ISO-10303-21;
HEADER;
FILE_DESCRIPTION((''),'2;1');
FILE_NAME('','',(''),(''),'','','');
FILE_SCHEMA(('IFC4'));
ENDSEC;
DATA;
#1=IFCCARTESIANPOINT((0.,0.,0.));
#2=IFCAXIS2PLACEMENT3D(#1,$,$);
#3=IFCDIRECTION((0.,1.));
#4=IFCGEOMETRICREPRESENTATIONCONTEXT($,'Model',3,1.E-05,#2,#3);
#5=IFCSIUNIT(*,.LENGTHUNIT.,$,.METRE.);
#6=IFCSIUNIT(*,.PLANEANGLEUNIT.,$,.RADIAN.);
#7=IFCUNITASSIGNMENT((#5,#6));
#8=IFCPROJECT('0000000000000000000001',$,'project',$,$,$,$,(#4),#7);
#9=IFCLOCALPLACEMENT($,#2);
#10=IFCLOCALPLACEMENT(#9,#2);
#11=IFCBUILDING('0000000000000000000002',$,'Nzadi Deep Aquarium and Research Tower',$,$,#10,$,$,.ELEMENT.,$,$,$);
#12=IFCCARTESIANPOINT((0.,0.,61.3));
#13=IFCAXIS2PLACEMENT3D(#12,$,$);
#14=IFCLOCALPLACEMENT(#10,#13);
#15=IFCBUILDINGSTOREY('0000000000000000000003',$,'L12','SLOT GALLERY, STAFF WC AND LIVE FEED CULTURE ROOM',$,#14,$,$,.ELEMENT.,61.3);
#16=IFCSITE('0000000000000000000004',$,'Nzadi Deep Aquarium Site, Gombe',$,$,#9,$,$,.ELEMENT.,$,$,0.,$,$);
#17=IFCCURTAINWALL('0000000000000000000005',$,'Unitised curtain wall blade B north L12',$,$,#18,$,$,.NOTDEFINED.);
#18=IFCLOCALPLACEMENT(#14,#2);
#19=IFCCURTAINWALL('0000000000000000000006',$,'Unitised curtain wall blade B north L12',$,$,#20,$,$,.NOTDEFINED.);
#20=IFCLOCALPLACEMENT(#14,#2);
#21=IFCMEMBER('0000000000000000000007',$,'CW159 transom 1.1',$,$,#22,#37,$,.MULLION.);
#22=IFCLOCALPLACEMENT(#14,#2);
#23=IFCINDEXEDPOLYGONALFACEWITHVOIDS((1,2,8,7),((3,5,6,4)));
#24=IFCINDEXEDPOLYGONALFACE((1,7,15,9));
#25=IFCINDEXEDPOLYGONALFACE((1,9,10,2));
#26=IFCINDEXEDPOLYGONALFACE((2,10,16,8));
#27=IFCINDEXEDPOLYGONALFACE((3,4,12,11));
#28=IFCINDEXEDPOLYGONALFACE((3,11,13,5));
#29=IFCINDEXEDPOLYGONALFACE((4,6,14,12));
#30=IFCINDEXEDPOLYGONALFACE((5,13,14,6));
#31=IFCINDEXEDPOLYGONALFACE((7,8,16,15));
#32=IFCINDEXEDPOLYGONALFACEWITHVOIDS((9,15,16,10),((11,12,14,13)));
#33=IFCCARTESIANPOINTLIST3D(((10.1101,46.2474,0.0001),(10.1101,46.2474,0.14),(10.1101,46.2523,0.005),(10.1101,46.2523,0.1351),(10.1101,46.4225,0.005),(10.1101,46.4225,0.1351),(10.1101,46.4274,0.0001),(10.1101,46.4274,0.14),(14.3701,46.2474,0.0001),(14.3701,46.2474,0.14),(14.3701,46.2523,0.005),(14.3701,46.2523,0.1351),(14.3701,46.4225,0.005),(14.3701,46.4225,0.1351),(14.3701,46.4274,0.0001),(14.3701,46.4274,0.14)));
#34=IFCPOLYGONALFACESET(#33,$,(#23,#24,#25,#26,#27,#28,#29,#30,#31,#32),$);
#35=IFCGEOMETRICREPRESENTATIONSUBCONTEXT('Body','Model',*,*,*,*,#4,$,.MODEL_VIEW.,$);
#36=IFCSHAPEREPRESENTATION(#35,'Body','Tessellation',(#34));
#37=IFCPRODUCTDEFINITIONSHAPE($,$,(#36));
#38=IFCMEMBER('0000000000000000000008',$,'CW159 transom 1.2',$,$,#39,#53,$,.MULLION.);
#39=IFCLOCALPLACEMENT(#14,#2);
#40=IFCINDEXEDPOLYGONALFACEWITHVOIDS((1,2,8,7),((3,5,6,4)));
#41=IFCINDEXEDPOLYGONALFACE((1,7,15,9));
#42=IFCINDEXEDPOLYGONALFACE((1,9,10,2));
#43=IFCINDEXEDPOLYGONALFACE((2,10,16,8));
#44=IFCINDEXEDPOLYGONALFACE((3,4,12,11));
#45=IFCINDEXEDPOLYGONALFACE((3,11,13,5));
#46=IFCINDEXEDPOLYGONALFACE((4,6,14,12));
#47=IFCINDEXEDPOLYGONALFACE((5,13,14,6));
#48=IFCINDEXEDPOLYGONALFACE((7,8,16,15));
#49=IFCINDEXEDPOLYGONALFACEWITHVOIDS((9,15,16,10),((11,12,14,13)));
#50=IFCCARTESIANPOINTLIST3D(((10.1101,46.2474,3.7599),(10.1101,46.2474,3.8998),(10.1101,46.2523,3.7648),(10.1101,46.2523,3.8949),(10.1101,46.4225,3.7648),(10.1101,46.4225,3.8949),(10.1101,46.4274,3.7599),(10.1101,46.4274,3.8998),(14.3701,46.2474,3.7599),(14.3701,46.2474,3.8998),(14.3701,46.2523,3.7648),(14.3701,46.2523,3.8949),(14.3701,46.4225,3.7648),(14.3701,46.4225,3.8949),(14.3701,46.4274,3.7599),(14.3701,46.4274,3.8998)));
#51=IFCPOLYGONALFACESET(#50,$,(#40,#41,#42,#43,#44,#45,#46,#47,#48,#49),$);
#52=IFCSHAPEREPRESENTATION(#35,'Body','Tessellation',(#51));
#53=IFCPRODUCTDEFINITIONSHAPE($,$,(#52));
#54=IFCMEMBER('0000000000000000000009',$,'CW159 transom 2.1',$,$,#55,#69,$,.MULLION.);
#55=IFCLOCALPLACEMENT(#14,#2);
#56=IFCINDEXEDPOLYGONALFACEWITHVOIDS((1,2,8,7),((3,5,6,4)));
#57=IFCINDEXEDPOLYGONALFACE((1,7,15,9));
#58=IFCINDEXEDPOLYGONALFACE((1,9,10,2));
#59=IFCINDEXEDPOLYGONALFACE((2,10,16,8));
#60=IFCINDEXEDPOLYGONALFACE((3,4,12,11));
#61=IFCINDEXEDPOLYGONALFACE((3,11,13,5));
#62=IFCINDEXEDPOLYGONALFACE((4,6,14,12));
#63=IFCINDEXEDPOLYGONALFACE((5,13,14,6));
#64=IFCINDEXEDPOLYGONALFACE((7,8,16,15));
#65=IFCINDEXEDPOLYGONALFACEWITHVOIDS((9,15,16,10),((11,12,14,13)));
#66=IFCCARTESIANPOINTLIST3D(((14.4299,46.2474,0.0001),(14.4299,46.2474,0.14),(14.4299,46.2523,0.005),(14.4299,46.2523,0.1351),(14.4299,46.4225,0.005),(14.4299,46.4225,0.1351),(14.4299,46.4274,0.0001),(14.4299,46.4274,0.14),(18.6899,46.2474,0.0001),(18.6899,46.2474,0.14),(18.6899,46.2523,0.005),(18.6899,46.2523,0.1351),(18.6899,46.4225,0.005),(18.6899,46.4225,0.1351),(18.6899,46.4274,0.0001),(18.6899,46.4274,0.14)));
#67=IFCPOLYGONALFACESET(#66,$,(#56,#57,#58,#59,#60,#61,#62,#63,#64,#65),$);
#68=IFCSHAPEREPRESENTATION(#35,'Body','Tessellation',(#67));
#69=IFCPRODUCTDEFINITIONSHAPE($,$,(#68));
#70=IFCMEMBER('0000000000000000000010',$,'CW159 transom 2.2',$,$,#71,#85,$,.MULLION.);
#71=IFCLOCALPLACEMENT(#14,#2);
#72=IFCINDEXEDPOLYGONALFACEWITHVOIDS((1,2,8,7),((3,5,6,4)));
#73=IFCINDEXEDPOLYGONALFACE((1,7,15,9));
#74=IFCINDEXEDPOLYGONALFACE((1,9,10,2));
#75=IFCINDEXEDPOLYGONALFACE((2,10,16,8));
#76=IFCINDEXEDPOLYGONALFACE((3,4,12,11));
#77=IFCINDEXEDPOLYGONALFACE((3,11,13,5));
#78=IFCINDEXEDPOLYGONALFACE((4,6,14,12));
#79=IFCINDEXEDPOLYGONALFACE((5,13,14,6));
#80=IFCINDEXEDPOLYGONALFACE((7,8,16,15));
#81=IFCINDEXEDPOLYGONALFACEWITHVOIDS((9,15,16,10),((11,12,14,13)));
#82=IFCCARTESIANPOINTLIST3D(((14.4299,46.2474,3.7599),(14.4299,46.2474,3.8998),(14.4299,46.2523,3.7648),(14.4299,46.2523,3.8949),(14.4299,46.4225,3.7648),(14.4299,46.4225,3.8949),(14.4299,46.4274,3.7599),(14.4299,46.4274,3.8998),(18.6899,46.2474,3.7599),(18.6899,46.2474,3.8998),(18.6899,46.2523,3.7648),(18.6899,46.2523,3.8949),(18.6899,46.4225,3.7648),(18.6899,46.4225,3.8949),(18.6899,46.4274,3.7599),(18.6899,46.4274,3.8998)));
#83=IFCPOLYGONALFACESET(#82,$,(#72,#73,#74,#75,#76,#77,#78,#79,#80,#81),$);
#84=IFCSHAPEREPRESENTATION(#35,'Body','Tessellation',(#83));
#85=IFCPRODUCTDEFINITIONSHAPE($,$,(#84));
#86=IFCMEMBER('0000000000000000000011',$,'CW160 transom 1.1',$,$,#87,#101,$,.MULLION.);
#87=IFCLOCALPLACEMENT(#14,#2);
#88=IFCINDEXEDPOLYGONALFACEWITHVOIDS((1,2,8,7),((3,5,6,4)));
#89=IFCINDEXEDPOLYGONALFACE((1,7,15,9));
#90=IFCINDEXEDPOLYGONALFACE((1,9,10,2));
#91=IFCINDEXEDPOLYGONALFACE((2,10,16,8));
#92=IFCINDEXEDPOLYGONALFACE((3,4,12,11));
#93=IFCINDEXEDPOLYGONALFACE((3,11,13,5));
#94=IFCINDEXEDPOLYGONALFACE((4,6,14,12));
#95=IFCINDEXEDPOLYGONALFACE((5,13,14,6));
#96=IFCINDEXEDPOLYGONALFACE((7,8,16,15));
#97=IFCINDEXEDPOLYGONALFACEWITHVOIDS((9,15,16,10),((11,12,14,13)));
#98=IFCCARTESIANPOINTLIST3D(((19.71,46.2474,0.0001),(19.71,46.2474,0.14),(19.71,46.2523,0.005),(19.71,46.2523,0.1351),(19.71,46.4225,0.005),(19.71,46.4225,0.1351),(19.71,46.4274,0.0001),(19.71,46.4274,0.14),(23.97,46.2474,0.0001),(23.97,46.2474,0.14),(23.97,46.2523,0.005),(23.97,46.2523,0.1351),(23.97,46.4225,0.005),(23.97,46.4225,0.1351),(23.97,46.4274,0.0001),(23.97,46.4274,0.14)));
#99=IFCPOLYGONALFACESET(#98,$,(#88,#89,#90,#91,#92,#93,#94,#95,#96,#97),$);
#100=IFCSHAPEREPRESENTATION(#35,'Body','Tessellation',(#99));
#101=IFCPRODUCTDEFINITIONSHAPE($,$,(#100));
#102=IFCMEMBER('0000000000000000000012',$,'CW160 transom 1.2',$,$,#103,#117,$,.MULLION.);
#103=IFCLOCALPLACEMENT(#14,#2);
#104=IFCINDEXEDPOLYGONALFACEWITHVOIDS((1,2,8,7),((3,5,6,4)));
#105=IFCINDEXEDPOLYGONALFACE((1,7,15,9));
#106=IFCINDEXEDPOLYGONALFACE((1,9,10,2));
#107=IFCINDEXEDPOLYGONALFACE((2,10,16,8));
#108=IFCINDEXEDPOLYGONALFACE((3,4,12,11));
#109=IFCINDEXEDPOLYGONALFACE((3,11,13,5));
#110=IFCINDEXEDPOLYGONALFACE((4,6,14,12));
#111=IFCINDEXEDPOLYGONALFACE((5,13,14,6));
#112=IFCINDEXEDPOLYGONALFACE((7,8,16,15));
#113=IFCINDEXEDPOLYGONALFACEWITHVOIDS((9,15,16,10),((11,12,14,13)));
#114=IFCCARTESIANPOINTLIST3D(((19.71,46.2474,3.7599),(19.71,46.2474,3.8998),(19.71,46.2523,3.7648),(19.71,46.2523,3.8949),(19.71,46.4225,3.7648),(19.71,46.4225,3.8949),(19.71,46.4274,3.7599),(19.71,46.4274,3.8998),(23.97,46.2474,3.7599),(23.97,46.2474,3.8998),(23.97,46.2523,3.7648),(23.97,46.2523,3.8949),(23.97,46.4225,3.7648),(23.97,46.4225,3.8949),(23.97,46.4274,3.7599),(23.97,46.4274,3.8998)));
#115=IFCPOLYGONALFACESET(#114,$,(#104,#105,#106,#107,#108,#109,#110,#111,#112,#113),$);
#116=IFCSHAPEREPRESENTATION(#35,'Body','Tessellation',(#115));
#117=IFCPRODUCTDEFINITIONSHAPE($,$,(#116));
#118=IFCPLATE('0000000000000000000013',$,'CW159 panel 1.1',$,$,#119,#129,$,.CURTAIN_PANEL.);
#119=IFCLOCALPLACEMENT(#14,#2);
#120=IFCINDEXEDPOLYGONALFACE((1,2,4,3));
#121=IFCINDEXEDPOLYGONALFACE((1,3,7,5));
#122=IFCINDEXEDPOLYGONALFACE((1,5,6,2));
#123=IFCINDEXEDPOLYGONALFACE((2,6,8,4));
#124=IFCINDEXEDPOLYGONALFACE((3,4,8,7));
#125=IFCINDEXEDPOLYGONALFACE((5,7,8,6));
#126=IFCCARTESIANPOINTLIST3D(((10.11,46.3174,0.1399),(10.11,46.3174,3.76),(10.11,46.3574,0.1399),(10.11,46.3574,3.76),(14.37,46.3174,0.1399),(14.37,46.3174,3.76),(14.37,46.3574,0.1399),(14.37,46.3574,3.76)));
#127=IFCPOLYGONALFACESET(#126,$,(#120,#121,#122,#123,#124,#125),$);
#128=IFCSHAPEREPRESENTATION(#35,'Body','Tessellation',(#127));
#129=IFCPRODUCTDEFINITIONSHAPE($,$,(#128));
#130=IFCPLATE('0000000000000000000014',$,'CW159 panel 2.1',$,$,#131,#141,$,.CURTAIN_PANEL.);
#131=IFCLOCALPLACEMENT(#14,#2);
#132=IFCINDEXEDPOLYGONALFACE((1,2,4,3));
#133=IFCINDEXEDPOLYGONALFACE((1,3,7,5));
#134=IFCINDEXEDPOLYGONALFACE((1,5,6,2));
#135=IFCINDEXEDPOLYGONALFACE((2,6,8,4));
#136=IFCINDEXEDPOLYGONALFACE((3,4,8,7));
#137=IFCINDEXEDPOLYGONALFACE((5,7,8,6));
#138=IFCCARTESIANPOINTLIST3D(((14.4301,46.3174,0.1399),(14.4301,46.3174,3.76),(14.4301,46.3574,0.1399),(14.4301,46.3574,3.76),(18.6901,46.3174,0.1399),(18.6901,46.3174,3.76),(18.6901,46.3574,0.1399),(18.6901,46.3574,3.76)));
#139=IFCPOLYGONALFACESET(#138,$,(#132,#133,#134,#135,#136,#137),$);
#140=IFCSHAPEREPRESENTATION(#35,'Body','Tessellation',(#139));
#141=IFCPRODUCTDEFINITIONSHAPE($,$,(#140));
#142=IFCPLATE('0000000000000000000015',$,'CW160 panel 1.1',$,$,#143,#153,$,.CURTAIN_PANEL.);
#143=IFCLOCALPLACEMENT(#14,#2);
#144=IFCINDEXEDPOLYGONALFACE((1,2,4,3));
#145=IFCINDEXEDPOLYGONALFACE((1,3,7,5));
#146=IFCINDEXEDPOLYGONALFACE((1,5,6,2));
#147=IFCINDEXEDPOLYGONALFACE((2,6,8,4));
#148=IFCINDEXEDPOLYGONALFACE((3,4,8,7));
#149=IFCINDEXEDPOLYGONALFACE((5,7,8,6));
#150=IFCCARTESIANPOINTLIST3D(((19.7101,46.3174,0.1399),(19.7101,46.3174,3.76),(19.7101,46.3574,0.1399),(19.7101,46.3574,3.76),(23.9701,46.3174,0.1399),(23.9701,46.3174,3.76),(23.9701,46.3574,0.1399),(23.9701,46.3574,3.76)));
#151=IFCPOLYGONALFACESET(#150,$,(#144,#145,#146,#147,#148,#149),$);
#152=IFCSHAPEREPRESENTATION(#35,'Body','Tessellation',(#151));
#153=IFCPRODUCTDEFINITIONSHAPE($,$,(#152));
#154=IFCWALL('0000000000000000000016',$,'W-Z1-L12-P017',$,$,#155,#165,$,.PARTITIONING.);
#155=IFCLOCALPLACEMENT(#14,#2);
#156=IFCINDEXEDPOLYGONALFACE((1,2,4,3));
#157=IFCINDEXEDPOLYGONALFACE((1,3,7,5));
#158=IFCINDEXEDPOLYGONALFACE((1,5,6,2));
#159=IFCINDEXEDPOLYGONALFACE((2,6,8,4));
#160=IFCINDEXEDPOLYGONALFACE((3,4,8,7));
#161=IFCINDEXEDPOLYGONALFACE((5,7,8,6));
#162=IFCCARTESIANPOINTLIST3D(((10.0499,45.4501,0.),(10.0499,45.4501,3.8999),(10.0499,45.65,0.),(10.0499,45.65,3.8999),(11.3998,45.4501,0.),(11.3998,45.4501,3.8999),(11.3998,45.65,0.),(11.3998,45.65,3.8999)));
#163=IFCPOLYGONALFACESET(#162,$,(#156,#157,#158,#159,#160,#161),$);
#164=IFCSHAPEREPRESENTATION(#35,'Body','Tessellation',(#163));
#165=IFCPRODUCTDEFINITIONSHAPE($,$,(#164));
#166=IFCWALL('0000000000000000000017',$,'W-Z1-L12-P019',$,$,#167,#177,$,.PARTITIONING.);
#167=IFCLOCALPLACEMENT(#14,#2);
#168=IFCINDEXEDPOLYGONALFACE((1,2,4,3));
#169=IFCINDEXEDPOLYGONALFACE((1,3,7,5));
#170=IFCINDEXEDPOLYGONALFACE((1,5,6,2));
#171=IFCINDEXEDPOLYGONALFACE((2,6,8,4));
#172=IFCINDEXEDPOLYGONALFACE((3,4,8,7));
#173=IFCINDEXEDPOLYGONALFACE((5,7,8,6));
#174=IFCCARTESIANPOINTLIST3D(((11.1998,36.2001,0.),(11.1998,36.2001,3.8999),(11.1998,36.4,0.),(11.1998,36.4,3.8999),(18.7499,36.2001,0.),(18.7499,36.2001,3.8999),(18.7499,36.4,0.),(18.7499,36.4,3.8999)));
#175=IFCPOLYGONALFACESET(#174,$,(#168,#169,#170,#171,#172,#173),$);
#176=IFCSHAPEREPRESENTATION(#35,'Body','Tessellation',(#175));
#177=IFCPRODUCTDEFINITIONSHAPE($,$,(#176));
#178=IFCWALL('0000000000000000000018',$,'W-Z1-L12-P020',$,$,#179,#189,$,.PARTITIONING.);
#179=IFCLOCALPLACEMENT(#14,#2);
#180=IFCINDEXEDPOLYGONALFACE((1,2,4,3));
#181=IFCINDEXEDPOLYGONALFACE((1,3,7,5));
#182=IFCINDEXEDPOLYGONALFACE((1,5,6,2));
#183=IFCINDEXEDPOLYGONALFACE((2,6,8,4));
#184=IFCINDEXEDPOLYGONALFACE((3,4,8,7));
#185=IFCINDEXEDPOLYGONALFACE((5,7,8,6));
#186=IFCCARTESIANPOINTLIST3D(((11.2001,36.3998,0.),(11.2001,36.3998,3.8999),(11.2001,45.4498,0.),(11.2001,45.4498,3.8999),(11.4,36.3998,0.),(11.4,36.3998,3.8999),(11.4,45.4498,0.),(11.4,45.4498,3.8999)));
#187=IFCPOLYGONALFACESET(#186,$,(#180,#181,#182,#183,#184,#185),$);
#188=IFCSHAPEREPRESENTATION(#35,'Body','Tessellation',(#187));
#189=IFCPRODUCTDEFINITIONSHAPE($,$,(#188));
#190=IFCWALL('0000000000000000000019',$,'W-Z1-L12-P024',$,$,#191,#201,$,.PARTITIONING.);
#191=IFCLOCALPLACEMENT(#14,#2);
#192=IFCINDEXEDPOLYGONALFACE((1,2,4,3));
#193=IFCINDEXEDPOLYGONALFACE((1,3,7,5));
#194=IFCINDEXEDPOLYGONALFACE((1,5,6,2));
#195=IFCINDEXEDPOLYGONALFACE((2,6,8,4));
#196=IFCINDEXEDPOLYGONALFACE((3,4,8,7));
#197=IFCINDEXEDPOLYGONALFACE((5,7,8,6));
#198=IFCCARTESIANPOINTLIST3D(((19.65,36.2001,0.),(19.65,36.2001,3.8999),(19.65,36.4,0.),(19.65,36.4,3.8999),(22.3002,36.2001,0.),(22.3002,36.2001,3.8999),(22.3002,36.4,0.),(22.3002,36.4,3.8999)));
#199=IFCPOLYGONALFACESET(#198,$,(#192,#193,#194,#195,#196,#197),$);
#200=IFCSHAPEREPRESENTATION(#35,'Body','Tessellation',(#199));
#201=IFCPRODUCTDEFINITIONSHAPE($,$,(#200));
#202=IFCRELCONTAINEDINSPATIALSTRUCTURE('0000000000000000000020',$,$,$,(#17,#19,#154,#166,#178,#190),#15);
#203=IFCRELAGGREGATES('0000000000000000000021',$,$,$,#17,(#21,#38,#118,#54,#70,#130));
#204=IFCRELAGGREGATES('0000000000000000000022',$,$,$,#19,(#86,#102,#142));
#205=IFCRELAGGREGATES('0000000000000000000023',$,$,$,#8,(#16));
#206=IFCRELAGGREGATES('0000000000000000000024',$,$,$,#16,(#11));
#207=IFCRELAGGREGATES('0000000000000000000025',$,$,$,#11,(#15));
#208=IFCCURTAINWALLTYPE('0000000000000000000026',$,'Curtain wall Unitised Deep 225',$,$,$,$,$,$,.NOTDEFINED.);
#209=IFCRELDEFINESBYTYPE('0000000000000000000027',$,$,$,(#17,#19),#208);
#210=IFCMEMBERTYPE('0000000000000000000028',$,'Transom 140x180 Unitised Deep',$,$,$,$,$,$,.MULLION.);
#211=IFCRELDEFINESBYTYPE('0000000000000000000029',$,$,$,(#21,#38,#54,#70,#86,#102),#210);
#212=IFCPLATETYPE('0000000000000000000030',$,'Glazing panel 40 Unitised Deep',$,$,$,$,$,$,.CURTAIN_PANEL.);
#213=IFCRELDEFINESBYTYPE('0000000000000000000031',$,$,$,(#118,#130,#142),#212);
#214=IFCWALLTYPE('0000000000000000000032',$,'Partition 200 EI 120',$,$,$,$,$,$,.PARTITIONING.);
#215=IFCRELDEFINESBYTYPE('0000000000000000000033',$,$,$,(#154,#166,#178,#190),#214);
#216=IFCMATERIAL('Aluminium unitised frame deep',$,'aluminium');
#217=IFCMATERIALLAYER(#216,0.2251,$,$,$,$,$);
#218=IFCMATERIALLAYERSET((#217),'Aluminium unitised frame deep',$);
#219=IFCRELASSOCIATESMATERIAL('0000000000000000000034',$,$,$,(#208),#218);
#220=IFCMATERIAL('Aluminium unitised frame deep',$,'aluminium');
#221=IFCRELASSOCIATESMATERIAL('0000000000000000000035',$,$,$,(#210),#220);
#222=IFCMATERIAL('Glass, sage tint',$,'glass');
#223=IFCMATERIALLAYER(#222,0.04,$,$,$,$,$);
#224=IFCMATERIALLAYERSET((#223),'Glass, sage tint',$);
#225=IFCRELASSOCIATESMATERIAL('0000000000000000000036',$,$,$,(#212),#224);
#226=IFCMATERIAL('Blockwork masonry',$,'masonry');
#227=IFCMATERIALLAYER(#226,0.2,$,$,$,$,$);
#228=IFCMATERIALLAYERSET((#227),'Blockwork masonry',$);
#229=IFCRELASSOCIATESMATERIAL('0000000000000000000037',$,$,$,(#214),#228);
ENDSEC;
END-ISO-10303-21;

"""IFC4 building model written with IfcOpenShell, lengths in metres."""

from ifc_helpers import new_model, si_unit, direction, frame, frame_2d, origin, origin_2d, place, context, subcontext, project, spatial, rectangle, hollow_rectangle, extrude, material, layer, layer_set, material_profile, profile_set, type_object, element, aggregate, save


model = new_model("IFC4")

# Units and contexts
model_context = context("Model", 3, precision=1e-05, world=origin(), true_north=direction((0.0, 1.0)))
body_context = subcontext(model_context, "Body", "Model", "MODEL_VIEW")
ifc_project = project(units=[si_unit("LENGTHUNIT", "METRE"), si_unit("PLANEANGLEUNIT", "RADIAN")], contexts=[model_context])

# Site, building, storey
site_placement = place(None, origin())
site = spatial("IfcSite", under=ifc_project, at=site_placement, Name="Nzadi Deep Aquarium Site, Gombe", CompositionType="ELEMENT", RefElevation=0.0)
building_placement = place(site_placement, origin())
building = spatial("IfcBuilding", under=site, at=building_placement, Name="Nzadi Deep Aquarium and Research Tower", CompositionType="ELEMENT")
storey_placement = place(building_placement, frame((0.0, 0.0, 61.3)))
storey = spatial("IfcBuildingStorey", under=building, at=storey_placement, Name="L12", Description="SLOT GALLERY, STAFF WC AND LIVE FEED CULTURE ROOM", CompositionType="ELEMENT", Elevation=61.3)

# Shared definitions
ifc_material_1 = material(Name="Aluminium unitised frame deep", Category="aluminium")
ifc_layer_1 = layer(ifc_material_1, 0.2251)
ifc_layer_set_1 = layer_set([ifc_layer_1], Name="Aluminium unitised frame deep")
curtain_wall_type = type_object("IfcCurtainWallType", Name="Curtain wall Unitised Deep 225", PredefinedType="NOTDEFINED", material=ifc_layer_set_1)

# Curtain wall
curtain_wall_1_placement = place(storey_placement, origin())
curtain_wall_1 = element("IfcCurtainWall", 1, at=curtain_wall_1_placement, inside=storey, type_object=curtain_wall_type, Name="Unitised curtain wall blade B north L12", PredefinedType="NOTDEFINED")

# Curtain wall
curtain_wall_2_placement = place(storey_placement, origin())
curtain_wall_2 = element("IfcCurtainWall", 2, at=curtain_wall_2_placement, inside=storey, type_object=curtain_wall_type, Name="Unitised curtain wall blade B north L12", PredefinedType="NOTDEFINED")

# Members
ifc_material_2 = material(Name="Aluminium unitised frame deep", Category="aluminium")
ifc_material_profile_1 = material_profile(ifc_material_2, hollow_rectangle(XDim=0.1799, YDim=0.1399, WallThickness=0.0049, at=origin_2d()))
ifc_profile_set_1 = profile_set([ifc_material_profile_1], Name="Aluminium unitised frame deep")
member_type_1 = type_object("IfcMemberType", Name="Transom 140x180 Unitised Deep", PredefinedType="MULLION", material=ifc_profile_set_1)
member_1_placement = place(storey_placement, frame((10.1101, 46.3374, 0.0701), z_axis=(1.0, 0.0, 0.0), x_axis=(0.0, 1.0, 0.0)))
member_1 = element("IfcMember", 3, at=member_1_placement, type_object=member_type_1, Name="CW159 transom 1.1", PredefinedType="MULLION", context=body_context, shape_type="SweptSolid", body=[
    extrude(hollow_rectangle(XDim=0.1799, YDim=0.1399, WallThickness=0.0049, at=origin_2d()), origin(), (0.0, 0.0, 1.0), 4.26),
])
member_2_placement = place(storey_placement, frame((10.1101, 46.3374, 3.8298), z_axis=(1.0, 0.0, 0.0), x_axis=(0.0, 1.0, 0.0)))
member_2 = element("IfcMember", 4, at=member_2_placement, type_object=member_type_1, Name="CW159 transom 1.2", PredefinedType="MULLION", context=body_context, shape_type="SweptSolid", body=[
    extrude(hollow_rectangle(XDim=0.1799, YDim=0.1399, WallThickness=0.0049, at=origin_2d()), origin(), (0.0, 0.0, 1.0), 4.26),
])
member_3_placement = place(storey_placement, frame((14.4299, 46.3374, 0.0701), z_axis=(1.0, 0.0, 0.0), x_axis=(0.0, 1.0, 0.0)))
member_3 = element("IfcMember", 5, at=member_3_placement, type_object=member_type_1, Name="CW159 transom 2.1", PredefinedType="MULLION", context=body_context, shape_type="SweptSolid", body=[
    extrude(hollow_rectangle(XDim=0.1799, YDim=0.1399, WallThickness=0.0049, at=origin_2d()), origin(), (0.0, 0.0, 1.0), 4.26),
])
member_4_placement = place(storey_placement, frame((14.4299, 46.3374, 3.8298), z_axis=(1.0, 0.0, 0.0), x_axis=(0.0, 1.0, 0.0)))
member_4 = element("IfcMember", 6, at=member_4_placement, type_object=member_type_1, Name="CW159 transom 2.2", PredefinedType="MULLION", context=body_context, shape_type="SweptSolid", body=[
    extrude(hollow_rectangle(XDim=0.1799, YDim=0.1399, WallThickness=0.0049, at=origin_2d()), origin(), (0.0, 0.0, 1.0), 4.26),
])
member_5_placement = place(storey_placement, frame((19.71, 46.3374, 0.0701), z_axis=(1.0, 0.0, 0.0), x_axis=(0.0, 1.0, 0.0)))
member_5 = element("IfcMember", 7, at=member_5_placement, type_object=member_type_1, Name="CW160 transom 1.1", PredefinedType="MULLION", context=body_context, shape_type="SweptSolid", body=[
    extrude(hollow_rectangle(XDim=0.1799, YDim=0.1399, WallThickness=0.0049, at=origin_2d()), origin(), (0.0, 0.0, 1.0), 4.26),
])
member_6_placement = place(storey_placement, frame((19.71, 46.3374, 3.8298), z_axis=(1.0, 0.0, 0.0), x_axis=(0.0, 1.0, 0.0)))
member_6 = element("IfcMember", 8, at=member_6_placement, type_object=member_type_1, Name="CW160 transom 1.2", PredefinedType="MULLION", context=body_context, shape_type="SweptSolid", body=[
    extrude(hollow_rectangle(XDim=0.1799, YDim=0.1399, WallThickness=0.0049, at=origin_2d()), origin(), (0.0, 0.0, 1.0), 4.26),
])

# Plates
ifc_material_3 = material(Name="Glass, sage tint", Category="glass")
ifc_layer_2 = layer(ifc_material_3, 0.04)
ifc_layer_set_2 = layer_set([ifc_layer_2], Name="Glass, sage tint")
plate_type = type_object("IfcPlateType", Name="Glazing panel 40 Unitised Deep", PredefinedType="CURTAIN_PANEL", material=ifc_layer_set_2)
plate_1_placement = place(storey_placement, frame((12.24, 46.3374, 0.1399), z_axis=(0.0, 0.0, 1.0), x_axis=(1.0, 0.0, 0.0)))
plate_1 = element("IfcPlate", 9, at=plate_1_placement, type_object=plate_type, Name="CW159 panel 1.1", PredefinedType="CURTAIN_PANEL", context=body_context, shape_type="SweptSolid", body=[
    extrude(rectangle(XDim=4.26, YDim=0.04, at=origin_2d()), origin(), (0.0, 0.0, 1.0), 3.6201),
])
plate_2_placement = place(storey_placement, frame((16.5601, 46.3374, 0.1399), z_axis=(0.0, 0.0, 1.0), x_axis=(1.0, 0.0, 0.0)))
plate_2 = element("IfcPlate", 10, at=plate_2_placement, type_object=plate_type, Name="CW159 panel 2.1", PredefinedType="CURTAIN_PANEL", context=body_context, shape_type="SweptSolid", body=[
    extrude(rectangle(XDim=4.26, YDim=0.04, at=origin_2d()), origin(), (0.0, 0.0, 1.0), 3.6201),
])
aggregate(curtain_wall_1, [member_1, member_2, plate_1, member_3, member_4, plate_2])
plate_3_placement = place(storey_placement, frame((21.8401, 46.3374, 0.1399), z_axis=(0.0, 0.0, 1.0), x_axis=(1.0, 0.0, 0.0)))
plate_3 = element("IfcPlate", 11, at=plate_3_placement, type_object=plate_type, Name="CW160 panel 1.1", PredefinedType="CURTAIN_PANEL", context=body_context, shape_type="SweptSolid", body=[
    extrude(rectangle(XDim=4.26, YDim=0.04, at=origin_2d()), origin(), (0.0, 0.0, 1.0), 3.6201),
])
aggregate(curtain_wall_2, [member_5, member_6, plate_3])

# Walls
ifc_material_4 = material(Name="Blockwork masonry", Category="masonry")
ifc_layer_3 = layer(ifc_material_4, 0.2)
ifc_layer_set_3 = layer_set([ifc_layer_3], Name="Blockwork masonry")
wall_type_1 = type_object("IfcWallType", Name="Partition 200 EI 120", PredefinedType="PARTITIONING", material=ifc_layer_set_3)
wall_1_placement = place(storey_placement, frame((10.05, 45.55, 0.0), z_axis=(0.0, 0.0, 1.0), x_axis=(1.0, 0.0, 0.0)))
element("IfcWall", 12, at=wall_1_placement, inside=storey, type_object=wall_type_1, Name="W-Z1-L12-P017", PredefinedType="PARTITIONING", context=body_context, shape_type="SweptSolid", body=[
    extrude(rectangle(XDim=1.3499, YDim=0.2, at=frame_2d((0.6748, 0.0))), origin(), (0.0, 0.0, 1.0), 3.8999),
])
wall_2_placement = place(storey_placement, frame((11.2, 36.3, 0.0), z_axis=(0.0, 0.0, 1.0), x_axis=(1.0, 0.0, 0.0)))
element("IfcWall", 13, at=wall_2_placement, inside=storey, type_object=wall_type_1, Name="W-Z1-L12-P019", PredefinedType="PARTITIONING", context=body_context, shape_type="SweptSolid", body=[
    extrude(rectangle(XDim=7.55, YDim=0.2, at=frame_2d((3.7749, 0.0))), origin(), (0.0, 0.0, 1.0), 3.8999),
])
wall_3_placement = place(storey_placement, frame((11.3, 36.3999, 0.0), z_axis=(0.0, 0.0, 1.0), x_axis=(0.0, 1.0, 0.0)))
element("IfcWall", 14, at=wall_3_placement, inside=storey, type_object=wall_type_1, Name="W-Z1-L12-P020", PredefinedType="PARTITIONING", context=body_context, shape_type="SweptSolid", body=[
    extrude(rectangle(XDim=9.05, YDim=0.2, at=frame_2d((4.5249, 0.0))), origin(), (0.0, 0.0, 1.0), 3.8999),
])
wall_4_placement = place(storey_placement, frame((19.6499, 36.3, 0.0), z_axis=(0.0, 0.0, 1.0), x_axis=(1.0, 0.0, 0.0)))
element("IfcWall", 15, at=wall_4_placement, inside=storey, type_object=wall_type_1, Name="W-Z1-L12-P024", PredefinedType="PARTITIONING", context=body_context, shape_type="SweptSolid", body=[
    extrude(rectangle(XDim=2.6501, YDim=0.2, at=frame_2d((1.3252, 0.0))), origin(), (0.0, 0.0, 1.0), 3.8999),
])

save(model, "model.ifc")
